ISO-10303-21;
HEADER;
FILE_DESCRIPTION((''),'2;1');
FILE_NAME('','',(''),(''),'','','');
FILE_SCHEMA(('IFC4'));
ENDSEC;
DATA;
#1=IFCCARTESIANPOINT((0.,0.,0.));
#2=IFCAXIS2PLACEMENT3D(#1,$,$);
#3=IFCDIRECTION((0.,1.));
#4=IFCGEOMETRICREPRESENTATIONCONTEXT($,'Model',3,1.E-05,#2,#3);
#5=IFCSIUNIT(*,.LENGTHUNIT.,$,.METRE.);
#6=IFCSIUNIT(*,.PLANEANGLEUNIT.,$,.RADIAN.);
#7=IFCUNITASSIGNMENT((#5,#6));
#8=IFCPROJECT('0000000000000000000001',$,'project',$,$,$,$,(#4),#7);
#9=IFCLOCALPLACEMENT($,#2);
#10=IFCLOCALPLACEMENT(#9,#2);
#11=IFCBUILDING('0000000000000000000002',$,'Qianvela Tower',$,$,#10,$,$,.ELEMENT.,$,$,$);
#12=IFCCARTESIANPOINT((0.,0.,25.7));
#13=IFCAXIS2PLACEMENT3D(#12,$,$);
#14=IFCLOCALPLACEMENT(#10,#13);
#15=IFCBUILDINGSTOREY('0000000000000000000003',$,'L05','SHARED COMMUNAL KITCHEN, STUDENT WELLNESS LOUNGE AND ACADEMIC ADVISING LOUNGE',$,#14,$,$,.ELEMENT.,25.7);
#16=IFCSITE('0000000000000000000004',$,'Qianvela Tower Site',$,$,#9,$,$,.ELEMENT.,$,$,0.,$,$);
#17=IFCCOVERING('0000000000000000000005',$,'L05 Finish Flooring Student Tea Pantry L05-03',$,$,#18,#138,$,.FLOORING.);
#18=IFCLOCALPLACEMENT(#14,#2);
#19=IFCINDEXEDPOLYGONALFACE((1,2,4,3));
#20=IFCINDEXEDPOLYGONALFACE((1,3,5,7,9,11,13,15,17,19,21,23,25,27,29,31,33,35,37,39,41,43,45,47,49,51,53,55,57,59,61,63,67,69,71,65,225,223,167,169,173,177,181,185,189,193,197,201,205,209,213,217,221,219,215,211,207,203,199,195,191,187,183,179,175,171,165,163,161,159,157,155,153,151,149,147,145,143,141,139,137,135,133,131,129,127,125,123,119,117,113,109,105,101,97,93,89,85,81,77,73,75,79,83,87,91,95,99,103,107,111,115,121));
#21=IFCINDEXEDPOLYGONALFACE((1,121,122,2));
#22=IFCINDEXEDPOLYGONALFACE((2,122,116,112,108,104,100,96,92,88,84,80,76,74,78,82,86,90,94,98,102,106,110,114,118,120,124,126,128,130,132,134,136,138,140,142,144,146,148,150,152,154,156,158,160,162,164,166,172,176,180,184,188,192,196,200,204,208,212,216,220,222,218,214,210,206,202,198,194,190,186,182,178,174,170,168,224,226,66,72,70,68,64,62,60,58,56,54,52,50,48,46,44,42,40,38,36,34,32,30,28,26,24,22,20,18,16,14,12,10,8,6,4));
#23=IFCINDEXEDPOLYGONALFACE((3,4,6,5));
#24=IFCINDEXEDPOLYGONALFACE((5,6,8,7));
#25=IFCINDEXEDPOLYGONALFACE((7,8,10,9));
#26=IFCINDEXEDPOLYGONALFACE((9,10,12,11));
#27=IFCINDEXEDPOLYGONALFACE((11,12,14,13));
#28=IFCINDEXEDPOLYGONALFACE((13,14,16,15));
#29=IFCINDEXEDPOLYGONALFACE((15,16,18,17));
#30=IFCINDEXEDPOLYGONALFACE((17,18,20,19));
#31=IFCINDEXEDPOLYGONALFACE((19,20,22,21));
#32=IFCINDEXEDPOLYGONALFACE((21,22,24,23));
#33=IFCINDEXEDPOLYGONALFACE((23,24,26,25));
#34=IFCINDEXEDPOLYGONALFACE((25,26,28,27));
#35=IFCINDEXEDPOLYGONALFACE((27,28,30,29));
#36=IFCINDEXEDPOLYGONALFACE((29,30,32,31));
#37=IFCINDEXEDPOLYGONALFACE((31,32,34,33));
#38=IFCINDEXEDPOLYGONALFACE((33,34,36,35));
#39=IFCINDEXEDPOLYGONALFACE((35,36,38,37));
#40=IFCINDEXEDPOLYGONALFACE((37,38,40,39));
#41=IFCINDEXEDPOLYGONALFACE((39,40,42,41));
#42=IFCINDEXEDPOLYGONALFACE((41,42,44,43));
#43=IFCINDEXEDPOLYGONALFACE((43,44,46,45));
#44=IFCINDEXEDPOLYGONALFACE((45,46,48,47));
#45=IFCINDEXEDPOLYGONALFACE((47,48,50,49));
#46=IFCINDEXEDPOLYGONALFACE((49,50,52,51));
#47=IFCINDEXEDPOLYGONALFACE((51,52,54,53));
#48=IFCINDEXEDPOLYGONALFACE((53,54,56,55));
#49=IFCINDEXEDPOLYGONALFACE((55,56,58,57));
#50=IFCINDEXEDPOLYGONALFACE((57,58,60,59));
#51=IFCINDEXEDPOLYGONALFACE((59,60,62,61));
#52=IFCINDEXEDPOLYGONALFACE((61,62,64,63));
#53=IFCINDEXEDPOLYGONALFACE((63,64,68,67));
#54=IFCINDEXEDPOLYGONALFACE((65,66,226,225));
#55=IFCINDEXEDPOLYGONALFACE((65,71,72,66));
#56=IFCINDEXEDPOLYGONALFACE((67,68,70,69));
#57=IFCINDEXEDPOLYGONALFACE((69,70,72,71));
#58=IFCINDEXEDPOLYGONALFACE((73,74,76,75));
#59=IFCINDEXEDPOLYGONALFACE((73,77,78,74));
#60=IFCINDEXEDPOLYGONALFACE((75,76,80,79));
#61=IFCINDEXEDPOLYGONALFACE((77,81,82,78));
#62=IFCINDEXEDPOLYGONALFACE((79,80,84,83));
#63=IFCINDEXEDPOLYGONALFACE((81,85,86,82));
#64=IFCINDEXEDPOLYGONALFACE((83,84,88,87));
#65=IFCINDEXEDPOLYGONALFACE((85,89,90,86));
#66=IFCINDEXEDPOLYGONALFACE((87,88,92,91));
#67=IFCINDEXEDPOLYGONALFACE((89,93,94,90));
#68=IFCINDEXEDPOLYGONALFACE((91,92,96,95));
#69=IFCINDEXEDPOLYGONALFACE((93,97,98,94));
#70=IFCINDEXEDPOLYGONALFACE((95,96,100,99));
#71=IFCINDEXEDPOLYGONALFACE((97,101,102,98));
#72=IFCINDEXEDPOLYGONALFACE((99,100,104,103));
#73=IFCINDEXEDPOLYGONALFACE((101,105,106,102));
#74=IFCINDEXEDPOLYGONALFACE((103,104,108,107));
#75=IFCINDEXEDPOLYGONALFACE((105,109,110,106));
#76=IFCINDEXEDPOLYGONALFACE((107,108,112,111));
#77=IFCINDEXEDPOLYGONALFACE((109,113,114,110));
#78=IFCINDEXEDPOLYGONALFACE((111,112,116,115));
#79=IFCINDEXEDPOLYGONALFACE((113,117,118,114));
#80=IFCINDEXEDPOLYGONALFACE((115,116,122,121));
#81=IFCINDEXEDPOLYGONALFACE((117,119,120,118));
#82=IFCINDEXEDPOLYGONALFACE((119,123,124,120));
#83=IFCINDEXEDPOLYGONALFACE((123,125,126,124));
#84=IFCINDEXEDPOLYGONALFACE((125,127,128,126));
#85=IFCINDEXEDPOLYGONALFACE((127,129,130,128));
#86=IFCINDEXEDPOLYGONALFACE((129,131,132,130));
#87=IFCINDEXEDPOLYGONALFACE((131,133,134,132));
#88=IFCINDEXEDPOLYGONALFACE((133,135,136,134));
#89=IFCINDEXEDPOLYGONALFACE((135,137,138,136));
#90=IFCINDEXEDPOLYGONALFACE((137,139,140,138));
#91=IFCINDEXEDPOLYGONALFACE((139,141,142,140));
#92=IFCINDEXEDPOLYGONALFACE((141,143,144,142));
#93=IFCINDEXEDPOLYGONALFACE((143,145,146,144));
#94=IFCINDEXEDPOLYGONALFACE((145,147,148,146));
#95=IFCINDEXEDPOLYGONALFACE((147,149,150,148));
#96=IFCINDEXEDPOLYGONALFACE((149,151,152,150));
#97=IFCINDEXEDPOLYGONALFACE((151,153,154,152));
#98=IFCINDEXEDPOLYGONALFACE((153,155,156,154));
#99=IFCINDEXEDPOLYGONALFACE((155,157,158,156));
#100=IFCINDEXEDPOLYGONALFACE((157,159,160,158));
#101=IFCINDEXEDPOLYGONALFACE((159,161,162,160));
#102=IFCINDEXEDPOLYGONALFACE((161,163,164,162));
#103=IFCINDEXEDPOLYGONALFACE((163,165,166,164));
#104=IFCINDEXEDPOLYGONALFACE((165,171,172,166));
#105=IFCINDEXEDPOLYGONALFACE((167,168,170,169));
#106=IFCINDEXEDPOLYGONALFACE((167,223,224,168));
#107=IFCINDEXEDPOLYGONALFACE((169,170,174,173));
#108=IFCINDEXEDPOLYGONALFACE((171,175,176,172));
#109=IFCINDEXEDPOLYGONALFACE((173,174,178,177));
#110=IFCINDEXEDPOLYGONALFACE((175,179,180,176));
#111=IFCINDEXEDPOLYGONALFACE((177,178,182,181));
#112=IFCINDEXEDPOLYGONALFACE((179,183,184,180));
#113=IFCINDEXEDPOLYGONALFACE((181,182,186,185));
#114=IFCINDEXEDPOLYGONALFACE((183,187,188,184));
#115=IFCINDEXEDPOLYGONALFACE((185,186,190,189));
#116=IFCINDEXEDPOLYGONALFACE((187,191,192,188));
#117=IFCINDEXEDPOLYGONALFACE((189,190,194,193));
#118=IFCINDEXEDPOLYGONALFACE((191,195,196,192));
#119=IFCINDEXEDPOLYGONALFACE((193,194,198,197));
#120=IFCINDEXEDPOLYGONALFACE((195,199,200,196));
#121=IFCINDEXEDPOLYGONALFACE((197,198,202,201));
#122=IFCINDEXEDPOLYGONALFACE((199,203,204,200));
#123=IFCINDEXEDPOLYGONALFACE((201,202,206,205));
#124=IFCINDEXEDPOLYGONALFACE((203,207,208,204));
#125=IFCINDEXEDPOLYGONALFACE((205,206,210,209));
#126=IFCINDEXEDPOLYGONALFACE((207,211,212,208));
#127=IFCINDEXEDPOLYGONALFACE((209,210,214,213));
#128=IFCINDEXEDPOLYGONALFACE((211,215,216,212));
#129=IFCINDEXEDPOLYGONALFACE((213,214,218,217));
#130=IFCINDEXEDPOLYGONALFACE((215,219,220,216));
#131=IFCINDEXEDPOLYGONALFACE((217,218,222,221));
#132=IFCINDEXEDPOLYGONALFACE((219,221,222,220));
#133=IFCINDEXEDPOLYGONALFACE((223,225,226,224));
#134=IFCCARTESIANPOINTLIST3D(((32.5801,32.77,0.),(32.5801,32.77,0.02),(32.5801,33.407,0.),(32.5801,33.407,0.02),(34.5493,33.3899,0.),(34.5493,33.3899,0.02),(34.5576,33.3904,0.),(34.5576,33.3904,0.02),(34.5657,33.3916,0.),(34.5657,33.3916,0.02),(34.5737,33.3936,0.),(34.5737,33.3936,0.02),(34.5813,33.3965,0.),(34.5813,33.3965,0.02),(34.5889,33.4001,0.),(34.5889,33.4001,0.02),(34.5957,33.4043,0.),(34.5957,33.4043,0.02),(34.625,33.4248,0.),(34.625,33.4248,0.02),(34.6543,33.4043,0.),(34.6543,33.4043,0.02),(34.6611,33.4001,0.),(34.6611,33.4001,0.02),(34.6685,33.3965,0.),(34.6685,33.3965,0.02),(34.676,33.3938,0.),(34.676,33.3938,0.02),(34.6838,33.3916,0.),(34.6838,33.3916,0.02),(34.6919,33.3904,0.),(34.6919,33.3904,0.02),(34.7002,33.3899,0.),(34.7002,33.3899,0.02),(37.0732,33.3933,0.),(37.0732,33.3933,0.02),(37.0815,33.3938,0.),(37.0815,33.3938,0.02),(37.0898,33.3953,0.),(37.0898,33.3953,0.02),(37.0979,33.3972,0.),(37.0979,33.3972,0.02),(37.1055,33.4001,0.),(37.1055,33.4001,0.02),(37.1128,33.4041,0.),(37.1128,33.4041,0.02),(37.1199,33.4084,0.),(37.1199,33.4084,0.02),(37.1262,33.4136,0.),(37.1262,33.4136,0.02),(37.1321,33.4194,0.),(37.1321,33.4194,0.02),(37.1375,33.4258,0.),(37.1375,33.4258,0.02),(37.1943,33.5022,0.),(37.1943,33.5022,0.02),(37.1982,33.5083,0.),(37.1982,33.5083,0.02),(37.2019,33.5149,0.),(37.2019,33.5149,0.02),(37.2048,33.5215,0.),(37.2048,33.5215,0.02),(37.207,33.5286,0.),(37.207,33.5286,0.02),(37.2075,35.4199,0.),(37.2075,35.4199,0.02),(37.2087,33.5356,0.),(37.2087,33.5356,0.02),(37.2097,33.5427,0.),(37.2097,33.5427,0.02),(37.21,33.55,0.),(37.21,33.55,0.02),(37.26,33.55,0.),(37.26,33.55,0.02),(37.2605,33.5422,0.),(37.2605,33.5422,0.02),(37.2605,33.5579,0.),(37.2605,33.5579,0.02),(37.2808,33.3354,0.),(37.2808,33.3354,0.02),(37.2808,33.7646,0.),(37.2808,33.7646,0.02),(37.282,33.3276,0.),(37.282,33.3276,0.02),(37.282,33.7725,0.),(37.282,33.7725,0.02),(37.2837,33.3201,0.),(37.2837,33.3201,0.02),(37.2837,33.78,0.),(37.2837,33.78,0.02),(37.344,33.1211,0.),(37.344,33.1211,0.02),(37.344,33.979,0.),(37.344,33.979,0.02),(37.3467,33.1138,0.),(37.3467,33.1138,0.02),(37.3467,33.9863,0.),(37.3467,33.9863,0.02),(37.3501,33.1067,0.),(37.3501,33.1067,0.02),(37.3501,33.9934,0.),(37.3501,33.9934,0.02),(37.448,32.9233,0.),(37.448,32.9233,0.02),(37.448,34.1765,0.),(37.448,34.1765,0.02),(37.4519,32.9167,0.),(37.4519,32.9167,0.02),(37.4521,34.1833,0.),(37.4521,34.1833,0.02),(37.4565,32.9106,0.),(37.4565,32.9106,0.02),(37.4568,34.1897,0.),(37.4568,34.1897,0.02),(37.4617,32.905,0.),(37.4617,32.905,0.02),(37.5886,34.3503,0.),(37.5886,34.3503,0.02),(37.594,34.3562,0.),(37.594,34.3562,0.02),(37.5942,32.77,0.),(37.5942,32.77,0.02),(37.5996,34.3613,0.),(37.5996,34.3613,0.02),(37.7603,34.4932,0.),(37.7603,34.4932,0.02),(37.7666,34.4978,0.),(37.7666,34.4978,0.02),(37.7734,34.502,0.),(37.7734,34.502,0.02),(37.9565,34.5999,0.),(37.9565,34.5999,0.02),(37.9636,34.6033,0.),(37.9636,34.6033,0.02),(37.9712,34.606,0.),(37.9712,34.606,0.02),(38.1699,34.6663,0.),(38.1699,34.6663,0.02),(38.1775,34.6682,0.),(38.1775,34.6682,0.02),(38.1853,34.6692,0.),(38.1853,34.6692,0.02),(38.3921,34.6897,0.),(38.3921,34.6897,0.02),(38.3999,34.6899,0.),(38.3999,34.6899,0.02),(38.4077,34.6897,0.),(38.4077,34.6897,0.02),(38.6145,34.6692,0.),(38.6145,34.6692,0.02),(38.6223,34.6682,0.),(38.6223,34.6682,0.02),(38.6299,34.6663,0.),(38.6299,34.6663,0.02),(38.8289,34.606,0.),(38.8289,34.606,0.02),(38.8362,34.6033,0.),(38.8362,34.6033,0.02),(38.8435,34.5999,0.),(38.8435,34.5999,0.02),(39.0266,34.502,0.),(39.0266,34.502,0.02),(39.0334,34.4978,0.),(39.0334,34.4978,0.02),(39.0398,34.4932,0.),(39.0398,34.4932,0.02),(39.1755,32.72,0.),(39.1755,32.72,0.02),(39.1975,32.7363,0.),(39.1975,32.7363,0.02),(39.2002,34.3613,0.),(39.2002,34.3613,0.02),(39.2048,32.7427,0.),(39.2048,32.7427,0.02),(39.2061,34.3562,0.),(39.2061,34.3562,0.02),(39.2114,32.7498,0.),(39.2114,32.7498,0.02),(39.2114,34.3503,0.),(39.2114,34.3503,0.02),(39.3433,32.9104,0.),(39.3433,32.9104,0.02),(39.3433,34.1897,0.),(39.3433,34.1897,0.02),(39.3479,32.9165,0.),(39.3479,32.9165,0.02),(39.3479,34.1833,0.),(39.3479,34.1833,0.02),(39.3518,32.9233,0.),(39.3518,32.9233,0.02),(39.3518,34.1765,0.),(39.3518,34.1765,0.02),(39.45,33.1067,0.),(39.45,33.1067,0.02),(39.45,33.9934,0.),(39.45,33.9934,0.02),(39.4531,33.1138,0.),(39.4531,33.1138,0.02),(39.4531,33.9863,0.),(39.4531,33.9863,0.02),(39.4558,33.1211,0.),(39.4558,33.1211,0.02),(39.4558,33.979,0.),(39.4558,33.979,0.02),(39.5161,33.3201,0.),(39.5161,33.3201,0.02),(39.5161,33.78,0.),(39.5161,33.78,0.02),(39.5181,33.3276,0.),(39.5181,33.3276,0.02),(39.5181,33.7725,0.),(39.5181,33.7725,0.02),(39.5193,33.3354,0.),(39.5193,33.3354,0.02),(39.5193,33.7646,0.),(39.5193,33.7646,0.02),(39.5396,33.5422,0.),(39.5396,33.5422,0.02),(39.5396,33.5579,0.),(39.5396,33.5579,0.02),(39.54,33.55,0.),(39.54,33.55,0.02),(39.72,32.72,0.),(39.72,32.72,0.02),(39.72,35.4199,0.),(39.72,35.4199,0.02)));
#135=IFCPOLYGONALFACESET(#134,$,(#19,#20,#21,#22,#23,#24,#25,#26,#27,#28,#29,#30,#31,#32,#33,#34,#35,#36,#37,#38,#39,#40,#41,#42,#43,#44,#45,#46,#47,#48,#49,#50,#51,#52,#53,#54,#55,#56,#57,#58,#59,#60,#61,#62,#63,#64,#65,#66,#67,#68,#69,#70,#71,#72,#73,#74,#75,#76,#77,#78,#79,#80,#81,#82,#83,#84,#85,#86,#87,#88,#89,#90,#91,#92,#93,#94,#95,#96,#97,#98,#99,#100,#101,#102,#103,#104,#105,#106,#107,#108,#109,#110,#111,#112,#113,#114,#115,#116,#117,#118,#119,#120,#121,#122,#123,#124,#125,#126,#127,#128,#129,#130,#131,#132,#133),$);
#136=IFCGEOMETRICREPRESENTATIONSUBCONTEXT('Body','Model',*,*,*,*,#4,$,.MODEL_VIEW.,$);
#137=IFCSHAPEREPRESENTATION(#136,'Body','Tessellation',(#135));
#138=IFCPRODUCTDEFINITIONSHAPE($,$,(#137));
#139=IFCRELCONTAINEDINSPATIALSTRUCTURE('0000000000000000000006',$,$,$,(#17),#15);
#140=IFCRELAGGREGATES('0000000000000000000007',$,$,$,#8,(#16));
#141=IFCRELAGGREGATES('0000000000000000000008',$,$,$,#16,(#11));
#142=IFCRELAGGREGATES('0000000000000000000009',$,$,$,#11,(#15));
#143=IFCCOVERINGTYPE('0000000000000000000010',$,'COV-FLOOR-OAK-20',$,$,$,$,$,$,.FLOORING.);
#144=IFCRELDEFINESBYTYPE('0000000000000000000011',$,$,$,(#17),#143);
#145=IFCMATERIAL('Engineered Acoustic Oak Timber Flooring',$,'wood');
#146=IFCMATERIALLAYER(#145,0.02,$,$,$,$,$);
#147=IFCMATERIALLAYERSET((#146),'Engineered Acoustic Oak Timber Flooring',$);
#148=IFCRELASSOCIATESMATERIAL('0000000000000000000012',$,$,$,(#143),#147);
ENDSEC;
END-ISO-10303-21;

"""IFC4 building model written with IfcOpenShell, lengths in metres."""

from ifc_helpers import new_model, si_unit, direction, frame, origin, place, context, subcontext, project, spatial, polyline, outline, extrude, material, layer, layer_set, type_object, element, save


model = new_model("IFC4")

# Units and contexts
model_context = context("Model", 3, precision=1e-05, world=origin(), true_north=direction((0.0, 1.0)))
body_context = subcontext(model_context, "Body", "Model", "MODEL_VIEW")
ifc_project = project(units=[si_unit("LENGTHUNIT", "METRE"), si_unit("PLANEANGLEUNIT", "RADIAN")], contexts=[model_context])

# Site, building, storey
site_placement = place(None, origin())
site = spatial("IfcSite", under=ifc_project, at=site_placement, Name="Qianvela Tower Site", CompositionType="ELEMENT", RefElevation=0.0)
building_placement = place(site_placement, origin())
building = spatial("IfcBuilding", under=site, at=building_placement, Name="Qianvela Tower", CompositionType="ELEMENT")
storey_placement = place(building_placement, frame((0.0, 0.0, 25.7)))
storey = spatial("IfcBuildingStorey", under=building, at=storey_placement, Name="L05", Description="SHARED COMMUNAL KITCHEN, STUDENT WELLNESS LOUNGE AND ACADEMIC ADVISING LOUNGE", CompositionType="ELEMENT", Elevation=25.7)

# Covering
ifc_material_1 = material(Name="Engineered Acoustic Oak Timber Flooring", Category="wood")
ifc_layer_1 = layer(ifc_material_1, 0.02)
ifc_layer_set_1 = layer_set([ifc_layer_1], Name="Engineered Acoustic Oak Timber Flooring")
covering_type_1 = type_object("IfcCoveringType", Name="COV-FLOOR-OAK-20", PredefinedType="FLOORING", material=ifc_layer_set_1)
covering_1_placement = place(storey_placement, origin())
element("IfcCovering", 1, at=covering_1_placement, inside=storey, type_object=covering_type_1, Name="L05 Finish Flooring Student Tea Pantry L05-03", PredefinedType="FLOORING", context=body_context, shape_type="SweptSolid", body=[
    extrude(outline(polyline([(32.5801, 32.77), (32.5801, 33.407), (34.5493, 33.3899), (34.5576, 33.3904), (34.5657, 33.3916), (34.5737, 33.3936), (34.5813, 33.3965), (34.5889, 33.4001), (34.5957, 33.4043), (34.625, 33.4248), (34.6543, 33.4043), (34.6611, 33.4001), (34.6685, 33.3965), (34.676, 33.3938), (34.6838, 33.3916), (34.6919, 33.3904), (34.7002, 33.3899), (37.0732, 33.3933), (37.0815, 33.3938), (37.0898, 33.3953), (37.0979, 33.3972), (37.1055, 33.4001), (37.1128, 33.4041), (37.1199, 33.4084), (37.1262, 33.4136), (37.1321, 33.4194), (37.1375, 33.4258), (37.1943, 33.5022), (37.1982, 33.5083), (37.2019, 33.5149), (37.2048, 33.5215), (37.207, 33.5286), (37.2087, 33.5356), (37.2097, 33.5427), (37.21, 33.55), (37.2075, 35.4199), (39.72, 35.4199), (39.72, 32.72), (39.1755, 32.72), (39.1975, 32.7363), (39.2048, 32.7427), (39.2114, 32.7498), (39.3433, 32.9104), (39.3479, 32.9165), (39.3518, 32.9233), (39.45, 33.1067), (39.4531, 33.1138), (39.4558, 33.1211), (39.5161, 33.3201), (39.5181, 33.3276), (39.5193, 33.3354), (39.5396, 33.5422), (39.54, 33.55), (39.5396, 33.5579), (39.5193, 33.7646), (39.5181, 33.7725), (39.5161, 33.78), (39.4558, 33.979), (39.4531, 33.9863), (39.45, 33.9934), (39.3518, 34.1765), (39.3479, 34.1833), (39.3433, 34.1897), (39.2114, 34.3503), (39.2061, 34.3562), (39.2002, 34.3613), (39.0398, 34.4932), (39.0334, 34.4978), (39.0266, 34.502), (38.8435, 34.5999), (38.8362, 34.6033), (38.8289, 34.606), (38.6299, 34.6663), (38.6223, 34.6682), (38.6145, 34.6692), (38.4077, 34.6897), (38.3999, 34.6899), (38.3921, 34.6897), (38.1853, 34.6692), (38.1775, 34.6682), (38.1699, 34.6663), (37.9712, 34.606), (37.9636, 34.6033), (37.9565, 34.5999), (37.7734, 34.502), (37.7666, 34.4978), (37.7603, 34.4932), (37.5996, 34.3613), (37.594, 34.3562), (37.5886, 34.3503), (37.4568, 34.1897), (37.4521, 34.1833), (37.448, 34.1765), (37.3501, 33.9934), (37.3467, 33.9863), (37.344, 33.979), (37.2837, 33.78), (37.282, 33.7725), (37.2808, 33.7646), (37.2605, 33.5579), (37.26, 33.55), (37.2605, 33.5422), (37.2808, 33.3354), (37.282, 33.3276), (37.2837, 33.3201), (37.344, 33.1211), (37.3467, 33.1138), (37.3501, 33.1067), (37.448, 32.9233), (37.4519, 32.9167), (37.4565, 32.9106), (37.4617, 32.905), (37.5942, 32.77), (32.5801, 32.77)])), origin(), (0.0, 0.0, 1.0), 0.02),
])

save(model, "model.ifc")
